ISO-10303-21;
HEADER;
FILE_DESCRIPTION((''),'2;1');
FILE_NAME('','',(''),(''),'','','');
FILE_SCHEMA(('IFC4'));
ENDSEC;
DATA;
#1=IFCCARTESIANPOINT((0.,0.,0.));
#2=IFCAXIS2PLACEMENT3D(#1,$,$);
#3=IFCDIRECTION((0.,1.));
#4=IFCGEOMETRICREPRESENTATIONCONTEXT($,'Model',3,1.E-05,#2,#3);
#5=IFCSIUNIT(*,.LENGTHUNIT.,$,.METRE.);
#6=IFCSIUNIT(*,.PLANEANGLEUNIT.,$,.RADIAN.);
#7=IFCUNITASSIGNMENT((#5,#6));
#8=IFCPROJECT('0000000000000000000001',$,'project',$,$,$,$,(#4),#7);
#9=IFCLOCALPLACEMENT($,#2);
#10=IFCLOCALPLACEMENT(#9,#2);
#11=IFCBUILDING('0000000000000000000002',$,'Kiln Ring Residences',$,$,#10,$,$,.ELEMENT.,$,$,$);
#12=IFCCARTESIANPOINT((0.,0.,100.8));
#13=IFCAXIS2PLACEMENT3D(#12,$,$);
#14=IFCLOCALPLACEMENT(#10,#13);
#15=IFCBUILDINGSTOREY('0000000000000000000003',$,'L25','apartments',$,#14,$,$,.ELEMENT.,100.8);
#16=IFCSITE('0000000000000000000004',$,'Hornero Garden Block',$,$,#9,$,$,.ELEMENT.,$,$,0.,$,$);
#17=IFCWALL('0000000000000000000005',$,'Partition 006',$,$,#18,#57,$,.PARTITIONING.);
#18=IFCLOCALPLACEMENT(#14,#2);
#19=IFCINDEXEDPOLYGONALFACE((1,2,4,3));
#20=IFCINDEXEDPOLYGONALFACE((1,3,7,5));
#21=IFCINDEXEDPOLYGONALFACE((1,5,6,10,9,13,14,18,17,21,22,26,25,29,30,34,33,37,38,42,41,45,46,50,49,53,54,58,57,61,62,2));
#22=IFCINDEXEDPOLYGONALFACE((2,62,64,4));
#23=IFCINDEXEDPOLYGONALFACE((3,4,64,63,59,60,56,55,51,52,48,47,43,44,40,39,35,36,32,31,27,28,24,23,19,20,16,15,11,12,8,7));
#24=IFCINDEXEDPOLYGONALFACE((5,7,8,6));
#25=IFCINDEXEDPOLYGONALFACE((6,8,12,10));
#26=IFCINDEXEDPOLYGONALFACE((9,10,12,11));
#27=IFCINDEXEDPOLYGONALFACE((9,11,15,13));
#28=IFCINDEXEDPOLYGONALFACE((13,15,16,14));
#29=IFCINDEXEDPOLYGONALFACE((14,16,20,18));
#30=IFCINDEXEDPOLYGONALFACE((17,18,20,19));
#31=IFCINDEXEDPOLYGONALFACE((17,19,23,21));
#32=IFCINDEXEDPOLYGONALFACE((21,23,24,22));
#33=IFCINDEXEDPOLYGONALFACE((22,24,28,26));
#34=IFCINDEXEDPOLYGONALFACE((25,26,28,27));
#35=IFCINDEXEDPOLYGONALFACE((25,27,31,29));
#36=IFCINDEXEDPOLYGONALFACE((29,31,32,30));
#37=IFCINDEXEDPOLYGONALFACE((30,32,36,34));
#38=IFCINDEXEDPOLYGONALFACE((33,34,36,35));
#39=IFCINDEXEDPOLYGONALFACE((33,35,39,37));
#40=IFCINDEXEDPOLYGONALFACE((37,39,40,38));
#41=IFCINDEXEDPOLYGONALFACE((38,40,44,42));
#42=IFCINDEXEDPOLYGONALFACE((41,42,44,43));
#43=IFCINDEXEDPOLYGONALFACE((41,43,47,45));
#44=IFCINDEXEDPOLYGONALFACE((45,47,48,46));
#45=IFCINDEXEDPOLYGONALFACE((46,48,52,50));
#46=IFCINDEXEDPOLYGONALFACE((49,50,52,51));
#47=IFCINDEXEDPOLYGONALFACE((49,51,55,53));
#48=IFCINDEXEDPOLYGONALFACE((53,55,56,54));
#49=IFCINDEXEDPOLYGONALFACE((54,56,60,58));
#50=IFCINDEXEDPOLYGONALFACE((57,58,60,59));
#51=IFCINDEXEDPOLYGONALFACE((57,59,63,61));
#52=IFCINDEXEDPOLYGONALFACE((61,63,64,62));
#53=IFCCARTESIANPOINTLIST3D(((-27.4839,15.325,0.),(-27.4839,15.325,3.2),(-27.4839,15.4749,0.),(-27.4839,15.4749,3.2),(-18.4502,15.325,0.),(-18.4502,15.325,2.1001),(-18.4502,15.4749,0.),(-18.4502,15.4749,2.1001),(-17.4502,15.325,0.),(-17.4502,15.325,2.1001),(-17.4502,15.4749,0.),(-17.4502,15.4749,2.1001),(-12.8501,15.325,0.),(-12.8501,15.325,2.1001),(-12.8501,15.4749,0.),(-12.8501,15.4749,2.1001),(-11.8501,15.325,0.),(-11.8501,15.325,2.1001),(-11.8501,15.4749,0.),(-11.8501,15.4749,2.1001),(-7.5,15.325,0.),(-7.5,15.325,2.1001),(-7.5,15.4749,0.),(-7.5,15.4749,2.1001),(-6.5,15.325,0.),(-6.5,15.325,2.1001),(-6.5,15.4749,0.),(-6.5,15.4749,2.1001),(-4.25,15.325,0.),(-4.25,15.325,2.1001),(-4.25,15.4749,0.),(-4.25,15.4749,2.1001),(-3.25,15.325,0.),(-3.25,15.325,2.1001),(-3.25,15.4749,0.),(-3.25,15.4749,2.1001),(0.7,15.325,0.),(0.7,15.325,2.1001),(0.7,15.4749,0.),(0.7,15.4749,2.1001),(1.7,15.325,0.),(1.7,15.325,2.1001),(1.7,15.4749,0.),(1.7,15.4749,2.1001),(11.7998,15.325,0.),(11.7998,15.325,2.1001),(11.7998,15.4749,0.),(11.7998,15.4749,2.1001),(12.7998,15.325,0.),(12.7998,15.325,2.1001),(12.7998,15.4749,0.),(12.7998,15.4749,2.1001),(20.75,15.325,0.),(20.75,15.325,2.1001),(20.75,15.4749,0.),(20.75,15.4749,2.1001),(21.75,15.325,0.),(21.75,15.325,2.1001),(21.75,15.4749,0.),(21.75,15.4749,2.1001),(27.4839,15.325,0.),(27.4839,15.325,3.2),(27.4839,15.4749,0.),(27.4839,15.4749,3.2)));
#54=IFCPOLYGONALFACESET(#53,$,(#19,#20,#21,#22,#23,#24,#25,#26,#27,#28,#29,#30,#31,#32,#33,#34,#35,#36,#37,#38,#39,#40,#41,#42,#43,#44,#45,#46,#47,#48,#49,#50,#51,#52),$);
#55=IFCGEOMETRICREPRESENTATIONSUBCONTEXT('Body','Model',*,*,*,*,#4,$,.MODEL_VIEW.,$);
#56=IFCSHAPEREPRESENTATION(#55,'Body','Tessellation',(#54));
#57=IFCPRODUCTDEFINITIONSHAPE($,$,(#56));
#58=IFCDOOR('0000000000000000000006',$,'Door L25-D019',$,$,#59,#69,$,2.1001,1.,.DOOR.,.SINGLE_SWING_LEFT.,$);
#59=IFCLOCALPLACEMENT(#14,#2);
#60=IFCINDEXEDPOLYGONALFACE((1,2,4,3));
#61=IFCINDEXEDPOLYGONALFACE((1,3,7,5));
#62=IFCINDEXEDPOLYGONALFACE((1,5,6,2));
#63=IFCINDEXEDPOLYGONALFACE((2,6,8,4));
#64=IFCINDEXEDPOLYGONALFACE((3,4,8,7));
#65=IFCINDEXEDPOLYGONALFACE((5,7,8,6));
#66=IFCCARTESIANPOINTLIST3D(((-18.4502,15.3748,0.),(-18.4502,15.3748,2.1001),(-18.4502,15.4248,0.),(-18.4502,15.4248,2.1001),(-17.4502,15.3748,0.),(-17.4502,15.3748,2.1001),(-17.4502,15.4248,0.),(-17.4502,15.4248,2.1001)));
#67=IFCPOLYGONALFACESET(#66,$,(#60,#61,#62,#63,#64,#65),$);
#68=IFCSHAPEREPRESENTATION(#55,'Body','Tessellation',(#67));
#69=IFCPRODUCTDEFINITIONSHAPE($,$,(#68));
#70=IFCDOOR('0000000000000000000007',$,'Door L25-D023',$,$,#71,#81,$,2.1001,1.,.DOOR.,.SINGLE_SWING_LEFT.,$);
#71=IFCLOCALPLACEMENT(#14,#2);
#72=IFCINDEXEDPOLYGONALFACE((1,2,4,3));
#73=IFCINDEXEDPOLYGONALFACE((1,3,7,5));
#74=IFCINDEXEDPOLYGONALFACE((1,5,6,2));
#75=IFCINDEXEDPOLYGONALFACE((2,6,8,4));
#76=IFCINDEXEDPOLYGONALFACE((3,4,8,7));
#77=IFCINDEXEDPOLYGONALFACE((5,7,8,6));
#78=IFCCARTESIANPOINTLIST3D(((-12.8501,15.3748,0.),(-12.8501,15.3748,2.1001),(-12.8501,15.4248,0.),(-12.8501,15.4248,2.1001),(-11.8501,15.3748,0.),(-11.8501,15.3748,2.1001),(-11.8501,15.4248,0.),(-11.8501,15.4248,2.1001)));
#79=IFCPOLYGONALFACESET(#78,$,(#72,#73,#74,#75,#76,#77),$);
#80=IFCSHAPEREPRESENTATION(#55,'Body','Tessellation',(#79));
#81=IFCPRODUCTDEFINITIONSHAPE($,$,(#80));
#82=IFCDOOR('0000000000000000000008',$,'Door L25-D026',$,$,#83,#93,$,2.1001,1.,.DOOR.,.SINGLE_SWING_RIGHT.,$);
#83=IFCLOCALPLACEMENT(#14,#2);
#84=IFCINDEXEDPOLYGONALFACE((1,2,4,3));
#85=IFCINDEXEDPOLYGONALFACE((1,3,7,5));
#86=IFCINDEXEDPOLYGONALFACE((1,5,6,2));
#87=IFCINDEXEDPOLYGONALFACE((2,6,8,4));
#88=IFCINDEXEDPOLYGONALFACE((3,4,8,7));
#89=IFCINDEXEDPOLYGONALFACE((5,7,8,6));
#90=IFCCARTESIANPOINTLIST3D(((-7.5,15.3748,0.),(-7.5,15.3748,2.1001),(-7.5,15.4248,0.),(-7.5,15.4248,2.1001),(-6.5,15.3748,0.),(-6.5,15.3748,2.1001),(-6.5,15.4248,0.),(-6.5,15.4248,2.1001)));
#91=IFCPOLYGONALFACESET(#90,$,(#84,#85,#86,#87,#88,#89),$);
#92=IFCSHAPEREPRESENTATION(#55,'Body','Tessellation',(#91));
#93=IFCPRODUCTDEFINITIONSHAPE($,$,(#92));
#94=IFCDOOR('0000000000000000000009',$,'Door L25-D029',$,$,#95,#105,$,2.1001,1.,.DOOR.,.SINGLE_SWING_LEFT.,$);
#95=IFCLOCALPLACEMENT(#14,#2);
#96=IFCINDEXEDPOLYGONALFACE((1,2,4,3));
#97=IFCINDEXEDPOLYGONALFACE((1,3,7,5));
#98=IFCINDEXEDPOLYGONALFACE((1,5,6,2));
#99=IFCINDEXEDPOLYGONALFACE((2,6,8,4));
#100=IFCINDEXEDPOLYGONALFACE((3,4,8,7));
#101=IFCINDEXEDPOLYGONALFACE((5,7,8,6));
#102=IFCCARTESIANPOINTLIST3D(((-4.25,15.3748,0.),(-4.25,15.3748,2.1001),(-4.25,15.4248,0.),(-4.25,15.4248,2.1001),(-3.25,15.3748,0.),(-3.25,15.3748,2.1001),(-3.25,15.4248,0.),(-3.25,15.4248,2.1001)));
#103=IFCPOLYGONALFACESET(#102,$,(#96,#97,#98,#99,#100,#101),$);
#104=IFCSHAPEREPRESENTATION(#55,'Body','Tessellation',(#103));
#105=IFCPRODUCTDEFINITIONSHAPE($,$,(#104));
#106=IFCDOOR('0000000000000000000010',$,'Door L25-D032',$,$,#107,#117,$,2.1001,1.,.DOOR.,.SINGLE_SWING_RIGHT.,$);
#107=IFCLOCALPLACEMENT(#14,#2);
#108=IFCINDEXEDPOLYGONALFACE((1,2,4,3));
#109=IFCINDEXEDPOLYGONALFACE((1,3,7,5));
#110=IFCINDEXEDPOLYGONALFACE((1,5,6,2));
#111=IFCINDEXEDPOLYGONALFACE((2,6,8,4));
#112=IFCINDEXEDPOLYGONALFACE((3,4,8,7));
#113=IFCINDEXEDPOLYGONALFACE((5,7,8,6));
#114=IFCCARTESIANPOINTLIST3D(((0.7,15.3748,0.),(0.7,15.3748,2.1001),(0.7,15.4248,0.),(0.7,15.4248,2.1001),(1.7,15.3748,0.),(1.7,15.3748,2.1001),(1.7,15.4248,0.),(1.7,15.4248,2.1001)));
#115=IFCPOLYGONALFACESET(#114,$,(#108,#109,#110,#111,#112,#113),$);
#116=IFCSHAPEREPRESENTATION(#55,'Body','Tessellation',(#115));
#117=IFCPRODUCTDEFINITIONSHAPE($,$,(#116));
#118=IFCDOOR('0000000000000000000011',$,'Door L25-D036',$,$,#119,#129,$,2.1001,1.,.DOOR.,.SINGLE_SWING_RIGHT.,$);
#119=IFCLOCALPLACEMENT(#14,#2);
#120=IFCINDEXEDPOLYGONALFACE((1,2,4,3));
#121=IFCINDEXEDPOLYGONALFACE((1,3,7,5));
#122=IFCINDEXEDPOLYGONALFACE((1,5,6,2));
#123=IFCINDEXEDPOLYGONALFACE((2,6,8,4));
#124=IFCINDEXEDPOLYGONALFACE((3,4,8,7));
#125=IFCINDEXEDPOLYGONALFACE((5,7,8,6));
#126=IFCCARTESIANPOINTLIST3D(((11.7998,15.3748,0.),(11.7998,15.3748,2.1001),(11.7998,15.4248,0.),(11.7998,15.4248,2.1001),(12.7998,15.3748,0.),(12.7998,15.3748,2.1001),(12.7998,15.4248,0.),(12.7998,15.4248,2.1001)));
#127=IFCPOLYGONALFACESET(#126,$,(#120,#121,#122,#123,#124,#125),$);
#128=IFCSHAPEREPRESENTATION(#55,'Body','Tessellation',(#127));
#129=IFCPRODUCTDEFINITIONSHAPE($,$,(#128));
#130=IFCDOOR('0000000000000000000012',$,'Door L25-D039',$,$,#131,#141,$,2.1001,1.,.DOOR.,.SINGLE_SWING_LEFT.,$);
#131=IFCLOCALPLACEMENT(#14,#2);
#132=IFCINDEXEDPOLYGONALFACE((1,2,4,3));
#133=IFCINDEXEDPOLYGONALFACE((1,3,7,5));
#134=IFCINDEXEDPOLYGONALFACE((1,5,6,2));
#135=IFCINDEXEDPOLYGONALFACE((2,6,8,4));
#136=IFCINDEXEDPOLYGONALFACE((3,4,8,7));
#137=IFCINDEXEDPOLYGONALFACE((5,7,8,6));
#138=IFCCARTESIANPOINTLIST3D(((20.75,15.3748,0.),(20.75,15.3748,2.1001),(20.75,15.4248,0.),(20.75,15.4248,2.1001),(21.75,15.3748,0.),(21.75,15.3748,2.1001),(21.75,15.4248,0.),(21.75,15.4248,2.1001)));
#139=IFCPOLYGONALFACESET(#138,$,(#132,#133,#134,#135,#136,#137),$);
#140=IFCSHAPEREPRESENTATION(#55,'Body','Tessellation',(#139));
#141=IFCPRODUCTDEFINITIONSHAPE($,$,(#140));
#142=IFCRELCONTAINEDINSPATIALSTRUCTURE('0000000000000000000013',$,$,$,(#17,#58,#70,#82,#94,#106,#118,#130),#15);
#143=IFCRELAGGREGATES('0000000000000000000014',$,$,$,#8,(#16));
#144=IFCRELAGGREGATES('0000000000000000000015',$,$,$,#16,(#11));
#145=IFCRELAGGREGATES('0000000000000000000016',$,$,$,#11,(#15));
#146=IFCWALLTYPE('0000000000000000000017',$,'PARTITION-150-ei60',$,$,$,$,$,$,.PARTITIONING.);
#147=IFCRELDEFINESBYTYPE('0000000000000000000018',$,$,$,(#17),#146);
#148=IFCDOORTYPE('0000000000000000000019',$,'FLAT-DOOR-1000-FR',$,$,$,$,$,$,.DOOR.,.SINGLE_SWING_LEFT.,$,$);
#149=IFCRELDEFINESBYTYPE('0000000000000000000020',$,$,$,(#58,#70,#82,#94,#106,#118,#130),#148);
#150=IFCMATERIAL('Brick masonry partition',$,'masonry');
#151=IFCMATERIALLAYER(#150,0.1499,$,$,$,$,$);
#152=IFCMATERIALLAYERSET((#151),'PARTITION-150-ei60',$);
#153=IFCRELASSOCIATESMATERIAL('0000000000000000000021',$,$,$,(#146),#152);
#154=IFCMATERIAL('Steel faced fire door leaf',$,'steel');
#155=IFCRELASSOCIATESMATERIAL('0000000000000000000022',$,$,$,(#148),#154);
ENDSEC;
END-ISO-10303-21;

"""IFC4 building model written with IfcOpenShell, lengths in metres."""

from ifc_helpers import new_model, si_unit, direction, frame, frame_2d, origin, place, context, subcontext, project, spatial, rectangle, extrude, material, layer, layer_set, type_object, element, fill, save


model = new_model("IFC4")

# Units and contexts
model_context = context("Model", 3, precision=1e-05, world=origin(), true_north=direction((0.0, 1.0)))
body_context = subcontext(model_context, "Body", "Model", "MODEL_VIEW")
ifc_project = project(units=[si_unit("LENGTHUNIT", "METRE"), si_unit("PLANEANGLEUNIT", "RADIAN")], contexts=[model_context])

# Site, building, storey
site_placement = place(None, origin())
site = spatial("IfcSite", under=ifc_project, at=site_placement, Name="Hornero Garden Block", CompositionType="ELEMENT", RefElevation=0.0)
building_placement = place(site_placement, origin())
building = spatial("IfcBuilding", under=site, at=building_placement, Name="Kiln Ring Residences", CompositionType="ELEMENT")
storey_placement = place(building_placement, frame((0.0, 0.0, 100.8)))
storey = spatial("IfcBuildingStorey", under=building, at=storey_placement, Name="L25", Description="apartments", CompositionType="ELEMENT", Elevation=100.8)

# Wall, openings, doors
ifc_material_1 = material(Name="Brick masonry partition", Category="masonry")
ifc_layer_1 = layer(ifc_material_1, 0.1499)
ifc_layer_set_1 = layer_set([ifc_layer_1], Name="PARTITION-150-ei60")
wall_type_1 = type_object("IfcWallType", Name="PARTITION-150-ei60", PredefinedType="PARTITIONING", material=ifc_layer_set_1)
wall_1_placement = place(storey_placement, frame((-27.4839, 15.3999, 0.0), z_axis=(0.0, 0.0, 1.0), x_axis=(1.0, 0.0, 0.0)))
wall_1 = element("IfcWall", 1, at=wall_1_placement, inside=storey, type_object=wall_type_1, Name="Partition 006", PredefinedType="PARTITIONING", context=body_context, shape_type="SweptSolid", body=[
    extrude(rectangle(XDim=54.9678, YDim=0.1499, at=frame_2d((27.4839, 0.0))), origin(), (0.0, 0.0, 1.0), 3.2),
])
opening_1_placement = place(wall_1_placement, frame((9.0337, 0.0, 0.0)))
opening_1 = element("IfcOpeningElement", 2, at=opening_1_placement, cuts=wall_1, PredefinedType="OPENING", context=body_context, shape_type="SweptSolid", body=[
    extrude(rectangle(XDim=1.0, YDim=2.1001, at=frame_2d((0.5, 1.05))), frame((0.0, 0.085, 0.0), z_axis=(0.0, -1.0, 0.0), x_axis=(1.0, 0.0, 0.0)), (0.0, 0.0, 1.0), 0.1699),
])
opening_2_placement = place(wall_1_placement, frame((14.6338, 0.0, 0.0)))
opening_2 = element("IfcOpeningElement", 3, at=opening_2_placement, cuts=wall_1, PredefinedType="OPENING", context=body_context, shape_type="SweptSolid", body=[
    extrude(rectangle(XDim=1.0, YDim=2.1001, at=frame_2d((0.5, 1.05))), frame((0.0, 0.085, 0.0), z_axis=(0.0, -1.0, 0.0), x_axis=(1.0, 0.0, 0.0)), (0.0, 0.0, 1.0), 0.1699),
])
opening_3_placement = place(wall_1_placement, frame((19.9839, 0.0, 0.0)))
opening_3 = element("IfcOpeningElement", 4, at=opening_3_placement, cuts=wall_1, PredefinedType="OPENING", context=body_context, shape_type="SweptSolid", body=[
    extrude(rectangle(XDim=1.0, YDim=2.1001, at=frame_2d((0.5, 1.05))), frame((0.0, 0.085, 0.0), z_axis=(0.0, -1.0, 0.0), x_axis=(1.0, 0.0, 0.0)), (0.0, 0.0, 1.0), 0.1699),
])
opening_4_placement = place(wall_1_placement, frame((23.2339, 0.0, 0.0)))
opening_4 = element("IfcOpeningElement", 5, at=opening_4_placement, cuts=wall_1, PredefinedType="OPENING", context=body_context, shape_type="SweptSolid", body=[
    extrude(rectangle(XDim=1.0, YDim=2.1001, at=frame_2d((0.5, 1.05))), frame((0.0, 0.085, 0.0), z_axis=(0.0, -1.0, 0.0), x_axis=(1.0, 0.0, 0.0)), (0.0, 0.0, 1.0), 0.1699),
])
opening_5_placement = place(wall_1_placement, frame((28.1838, 0.0, 0.0)))
opening_5 = element("IfcOpeningElement", 6, at=opening_5_placement, cuts=wall_1, PredefinedType="OPENING", context=body_context, shape_type="SweptSolid", body=[
    extrude(rectangle(XDim=1.0, YDim=2.1001, at=frame_2d((0.5, 1.05))), frame((0.0, 0.085, 0.0), z_axis=(0.0, -1.0, 0.0), x_axis=(1.0, 0.0, 0.0)), (0.0, 0.0, 1.0), 0.1699),
])
opening_6_placement = place(wall_1_placement, frame((39.2837, 0.0, 0.0)))
opening_6 = element("IfcOpeningElement", 7, at=opening_6_placement, cuts=wall_1, PredefinedType="OPENING", context=body_context, shape_type="SweptSolid", body=[
    extrude(rectangle(XDim=1.0, YDim=2.1001, at=frame_2d((0.5, 1.05))), frame((0.0, 0.085, 0.0), z_axis=(0.0, -1.0, 0.0), x_axis=(1.0, 0.0, 0.0)), (0.0, 0.0, 1.0), 0.1699),
])
opening_7_placement = place(wall_1_placement, frame((48.2339, 0.0, 0.0)))
opening_7 = element("IfcOpeningElement", 8, at=opening_7_placement, cuts=wall_1, PredefinedType="OPENING", context=body_context, shape_type="SweptSolid", body=[
    extrude(rectangle(XDim=1.0, YDim=2.1001, at=frame_2d((0.5, 1.05))), frame((0.0, 0.085, 0.0), z_axis=(0.0, -1.0, 0.0), x_axis=(1.0, 0.0, 0.0)), (0.0, 0.0, 1.0), 0.1699),
])
ifc_material_2 = material(Name="Steel faced fire door leaf", Category="steel")
door_type = type_object("IfcDoorType", Name="FLAT-DOOR-1000-FR", OperationType="SINGLE_SWING_LEFT", PredefinedType="DOOR", material=ifc_material_2)
door_1_placement = place(opening_1_placement, origin())
door_1 = element("IfcDoor", 9, at=door_1_placement, inside=storey, type_object=door_type, Name="Door L25-D019", OperationType="SINGLE_SWING_LEFT", OverallHeight=2.1001, OverallWidth=1.0, PredefinedType="DOOR", context=body_context, shape_type="SweptSolid", body=[
    extrude(rectangle(XDim=1.0, YDim=2.1001, at=frame_2d((0.5, 1.05))), frame((0.0, 0.0249, 0.0), z_axis=(0.0, -1.0, 0.0), x_axis=(1.0, 0.0, 0.0)), (0.0, 0.0, 1.0), 0.05),
])
fill(opening_1, door_1)
door_2_placement = place(opening_2_placement, origin())
door_2 = element("IfcDoor", 10, at=door_2_placement, inside=storey, type_object=door_type, Name="Door L25-D023", OperationType="SINGLE_SWING_LEFT", OverallHeight=2.1001, OverallWidth=1.0, PredefinedType="DOOR", context=body_context, shape_type="SweptSolid", body=[
    extrude(rectangle(XDim=1.0, YDim=2.1001, at=frame_2d((0.5, 1.05))), frame((0.0, 0.0249, 0.0), z_axis=(0.0, -1.0, 0.0), x_axis=(1.0, 0.0, 0.0)), (0.0, 0.0, 1.0), 0.05),
])
fill(opening_2, door_2)
door_3_placement = place(opening_3_placement, origin())
door_3 = element("IfcDoor", 11, at=door_3_placement, inside=storey, type_object=door_type, Name="Door L25-D026", OperationType="SINGLE_SWING_RIGHT", OverallHeight=2.1001, OverallWidth=1.0, PredefinedType="DOOR", context=body_context, shape_type="SweptSolid", body=[
    extrude(rectangle(XDim=1.0, YDim=2.1001, at=frame_2d((0.5, 1.05))), frame((0.0, 0.0249, 0.0), z_axis=(0.0, -1.0, 0.0), x_axis=(1.0, 0.0, 0.0)), (0.0, 0.0, 1.0), 0.05),
])
fill(opening_3, door_3)
door_4_placement = place(opening_4_placement, origin())
door_4 = element("IfcDoor", 12, at=door_4_placement, inside=storey, type_object=door_type, Name="Door L25-D029", OperationType="SINGLE_SWING_LEFT", OverallHeight=2.1001, OverallWidth=1.0, PredefinedType="DOOR", context=body_context, shape_type="SweptSolid", body=[
    extrude(rectangle(XDim=1.0, YDim=2.1001, at=frame_2d((0.5, 1.05))), frame((0.0, 0.0249, 0.0), z_axis=(0.0, -1.0, 0.0), x_axis=(1.0, 0.0, 0.0)), (0.0, 0.0, 1.0), 0.05),
])
fill(opening_4, door_4)
door_5_placement = place(opening_5_placement, origin())
door_5 = element("IfcDoor", 13, at=door_5_placement, inside=storey, type_object=door_type, Name="Door L25-D032", OperationType="SINGLE_SWING_RIGHT", OverallHeight=2.1001, OverallWidth=1.0, PredefinedType="DOOR", context=body_context, shape_type="SweptSolid", body=[
    extrude(rectangle(XDim=1.0, YDim=2.1001, at=frame_2d((0.5, 1.05))), frame((0.0, 0.0249, 0.0), z_axis=(0.0, -1.0, 0.0), x_axis=(1.0, 0.0, 0.0)), (0.0, 0.0, 1.0), 0.05),
])
fill(opening_5, door_5)
door_6_placement = place(opening_6_placement, origin())
door_6 = element("IfcDoor", 14, at=door_6_placement, inside=storey, type_object=door_type, Name="Door L25-D036", OperationType="SINGLE_SWING_RIGHT", OverallHeight=2.1001, OverallWidth=1.0, PredefinedType="DOOR", context=body_context, shape_type="SweptSolid", body=[
    extrude(rectangle(XDim=1.0, YDim=2.1001, at=frame_2d((0.5, 1.05))), frame((0.0, 0.0249, 0.0), z_axis=(0.0, -1.0, 0.0), x_axis=(1.0, 0.0, 0.0)), (0.0, 0.0, 1.0), 0.05),
])
fill(opening_6, door_6)
door_7_placement = place(opening_7_placement, origin())
door_7 = element("IfcDoor", 15, at=door_7_placement, inside=storey, type_object=door_type, Name="Door L25-D039", OperationType="SINGLE_SWING_LEFT", OverallHeight=2.1001, OverallWidth=1.0, PredefinedType="DOOR", context=body_context, shape_type="SweptSolid", body=[
    extrude(rectangle(XDim=1.0, YDim=2.1001, at=frame_2d((0.5, 1.05))), frame((0.0, 0.0249, 0.0), z_axis=(0.0, -1.0, 0.0), x_axis=(1.0, 0.0, 0.0)), (0.0, 0.0, 1.0), 0.05),
])
fill(opening_7, door_7)

save(model, "model.ifc")
